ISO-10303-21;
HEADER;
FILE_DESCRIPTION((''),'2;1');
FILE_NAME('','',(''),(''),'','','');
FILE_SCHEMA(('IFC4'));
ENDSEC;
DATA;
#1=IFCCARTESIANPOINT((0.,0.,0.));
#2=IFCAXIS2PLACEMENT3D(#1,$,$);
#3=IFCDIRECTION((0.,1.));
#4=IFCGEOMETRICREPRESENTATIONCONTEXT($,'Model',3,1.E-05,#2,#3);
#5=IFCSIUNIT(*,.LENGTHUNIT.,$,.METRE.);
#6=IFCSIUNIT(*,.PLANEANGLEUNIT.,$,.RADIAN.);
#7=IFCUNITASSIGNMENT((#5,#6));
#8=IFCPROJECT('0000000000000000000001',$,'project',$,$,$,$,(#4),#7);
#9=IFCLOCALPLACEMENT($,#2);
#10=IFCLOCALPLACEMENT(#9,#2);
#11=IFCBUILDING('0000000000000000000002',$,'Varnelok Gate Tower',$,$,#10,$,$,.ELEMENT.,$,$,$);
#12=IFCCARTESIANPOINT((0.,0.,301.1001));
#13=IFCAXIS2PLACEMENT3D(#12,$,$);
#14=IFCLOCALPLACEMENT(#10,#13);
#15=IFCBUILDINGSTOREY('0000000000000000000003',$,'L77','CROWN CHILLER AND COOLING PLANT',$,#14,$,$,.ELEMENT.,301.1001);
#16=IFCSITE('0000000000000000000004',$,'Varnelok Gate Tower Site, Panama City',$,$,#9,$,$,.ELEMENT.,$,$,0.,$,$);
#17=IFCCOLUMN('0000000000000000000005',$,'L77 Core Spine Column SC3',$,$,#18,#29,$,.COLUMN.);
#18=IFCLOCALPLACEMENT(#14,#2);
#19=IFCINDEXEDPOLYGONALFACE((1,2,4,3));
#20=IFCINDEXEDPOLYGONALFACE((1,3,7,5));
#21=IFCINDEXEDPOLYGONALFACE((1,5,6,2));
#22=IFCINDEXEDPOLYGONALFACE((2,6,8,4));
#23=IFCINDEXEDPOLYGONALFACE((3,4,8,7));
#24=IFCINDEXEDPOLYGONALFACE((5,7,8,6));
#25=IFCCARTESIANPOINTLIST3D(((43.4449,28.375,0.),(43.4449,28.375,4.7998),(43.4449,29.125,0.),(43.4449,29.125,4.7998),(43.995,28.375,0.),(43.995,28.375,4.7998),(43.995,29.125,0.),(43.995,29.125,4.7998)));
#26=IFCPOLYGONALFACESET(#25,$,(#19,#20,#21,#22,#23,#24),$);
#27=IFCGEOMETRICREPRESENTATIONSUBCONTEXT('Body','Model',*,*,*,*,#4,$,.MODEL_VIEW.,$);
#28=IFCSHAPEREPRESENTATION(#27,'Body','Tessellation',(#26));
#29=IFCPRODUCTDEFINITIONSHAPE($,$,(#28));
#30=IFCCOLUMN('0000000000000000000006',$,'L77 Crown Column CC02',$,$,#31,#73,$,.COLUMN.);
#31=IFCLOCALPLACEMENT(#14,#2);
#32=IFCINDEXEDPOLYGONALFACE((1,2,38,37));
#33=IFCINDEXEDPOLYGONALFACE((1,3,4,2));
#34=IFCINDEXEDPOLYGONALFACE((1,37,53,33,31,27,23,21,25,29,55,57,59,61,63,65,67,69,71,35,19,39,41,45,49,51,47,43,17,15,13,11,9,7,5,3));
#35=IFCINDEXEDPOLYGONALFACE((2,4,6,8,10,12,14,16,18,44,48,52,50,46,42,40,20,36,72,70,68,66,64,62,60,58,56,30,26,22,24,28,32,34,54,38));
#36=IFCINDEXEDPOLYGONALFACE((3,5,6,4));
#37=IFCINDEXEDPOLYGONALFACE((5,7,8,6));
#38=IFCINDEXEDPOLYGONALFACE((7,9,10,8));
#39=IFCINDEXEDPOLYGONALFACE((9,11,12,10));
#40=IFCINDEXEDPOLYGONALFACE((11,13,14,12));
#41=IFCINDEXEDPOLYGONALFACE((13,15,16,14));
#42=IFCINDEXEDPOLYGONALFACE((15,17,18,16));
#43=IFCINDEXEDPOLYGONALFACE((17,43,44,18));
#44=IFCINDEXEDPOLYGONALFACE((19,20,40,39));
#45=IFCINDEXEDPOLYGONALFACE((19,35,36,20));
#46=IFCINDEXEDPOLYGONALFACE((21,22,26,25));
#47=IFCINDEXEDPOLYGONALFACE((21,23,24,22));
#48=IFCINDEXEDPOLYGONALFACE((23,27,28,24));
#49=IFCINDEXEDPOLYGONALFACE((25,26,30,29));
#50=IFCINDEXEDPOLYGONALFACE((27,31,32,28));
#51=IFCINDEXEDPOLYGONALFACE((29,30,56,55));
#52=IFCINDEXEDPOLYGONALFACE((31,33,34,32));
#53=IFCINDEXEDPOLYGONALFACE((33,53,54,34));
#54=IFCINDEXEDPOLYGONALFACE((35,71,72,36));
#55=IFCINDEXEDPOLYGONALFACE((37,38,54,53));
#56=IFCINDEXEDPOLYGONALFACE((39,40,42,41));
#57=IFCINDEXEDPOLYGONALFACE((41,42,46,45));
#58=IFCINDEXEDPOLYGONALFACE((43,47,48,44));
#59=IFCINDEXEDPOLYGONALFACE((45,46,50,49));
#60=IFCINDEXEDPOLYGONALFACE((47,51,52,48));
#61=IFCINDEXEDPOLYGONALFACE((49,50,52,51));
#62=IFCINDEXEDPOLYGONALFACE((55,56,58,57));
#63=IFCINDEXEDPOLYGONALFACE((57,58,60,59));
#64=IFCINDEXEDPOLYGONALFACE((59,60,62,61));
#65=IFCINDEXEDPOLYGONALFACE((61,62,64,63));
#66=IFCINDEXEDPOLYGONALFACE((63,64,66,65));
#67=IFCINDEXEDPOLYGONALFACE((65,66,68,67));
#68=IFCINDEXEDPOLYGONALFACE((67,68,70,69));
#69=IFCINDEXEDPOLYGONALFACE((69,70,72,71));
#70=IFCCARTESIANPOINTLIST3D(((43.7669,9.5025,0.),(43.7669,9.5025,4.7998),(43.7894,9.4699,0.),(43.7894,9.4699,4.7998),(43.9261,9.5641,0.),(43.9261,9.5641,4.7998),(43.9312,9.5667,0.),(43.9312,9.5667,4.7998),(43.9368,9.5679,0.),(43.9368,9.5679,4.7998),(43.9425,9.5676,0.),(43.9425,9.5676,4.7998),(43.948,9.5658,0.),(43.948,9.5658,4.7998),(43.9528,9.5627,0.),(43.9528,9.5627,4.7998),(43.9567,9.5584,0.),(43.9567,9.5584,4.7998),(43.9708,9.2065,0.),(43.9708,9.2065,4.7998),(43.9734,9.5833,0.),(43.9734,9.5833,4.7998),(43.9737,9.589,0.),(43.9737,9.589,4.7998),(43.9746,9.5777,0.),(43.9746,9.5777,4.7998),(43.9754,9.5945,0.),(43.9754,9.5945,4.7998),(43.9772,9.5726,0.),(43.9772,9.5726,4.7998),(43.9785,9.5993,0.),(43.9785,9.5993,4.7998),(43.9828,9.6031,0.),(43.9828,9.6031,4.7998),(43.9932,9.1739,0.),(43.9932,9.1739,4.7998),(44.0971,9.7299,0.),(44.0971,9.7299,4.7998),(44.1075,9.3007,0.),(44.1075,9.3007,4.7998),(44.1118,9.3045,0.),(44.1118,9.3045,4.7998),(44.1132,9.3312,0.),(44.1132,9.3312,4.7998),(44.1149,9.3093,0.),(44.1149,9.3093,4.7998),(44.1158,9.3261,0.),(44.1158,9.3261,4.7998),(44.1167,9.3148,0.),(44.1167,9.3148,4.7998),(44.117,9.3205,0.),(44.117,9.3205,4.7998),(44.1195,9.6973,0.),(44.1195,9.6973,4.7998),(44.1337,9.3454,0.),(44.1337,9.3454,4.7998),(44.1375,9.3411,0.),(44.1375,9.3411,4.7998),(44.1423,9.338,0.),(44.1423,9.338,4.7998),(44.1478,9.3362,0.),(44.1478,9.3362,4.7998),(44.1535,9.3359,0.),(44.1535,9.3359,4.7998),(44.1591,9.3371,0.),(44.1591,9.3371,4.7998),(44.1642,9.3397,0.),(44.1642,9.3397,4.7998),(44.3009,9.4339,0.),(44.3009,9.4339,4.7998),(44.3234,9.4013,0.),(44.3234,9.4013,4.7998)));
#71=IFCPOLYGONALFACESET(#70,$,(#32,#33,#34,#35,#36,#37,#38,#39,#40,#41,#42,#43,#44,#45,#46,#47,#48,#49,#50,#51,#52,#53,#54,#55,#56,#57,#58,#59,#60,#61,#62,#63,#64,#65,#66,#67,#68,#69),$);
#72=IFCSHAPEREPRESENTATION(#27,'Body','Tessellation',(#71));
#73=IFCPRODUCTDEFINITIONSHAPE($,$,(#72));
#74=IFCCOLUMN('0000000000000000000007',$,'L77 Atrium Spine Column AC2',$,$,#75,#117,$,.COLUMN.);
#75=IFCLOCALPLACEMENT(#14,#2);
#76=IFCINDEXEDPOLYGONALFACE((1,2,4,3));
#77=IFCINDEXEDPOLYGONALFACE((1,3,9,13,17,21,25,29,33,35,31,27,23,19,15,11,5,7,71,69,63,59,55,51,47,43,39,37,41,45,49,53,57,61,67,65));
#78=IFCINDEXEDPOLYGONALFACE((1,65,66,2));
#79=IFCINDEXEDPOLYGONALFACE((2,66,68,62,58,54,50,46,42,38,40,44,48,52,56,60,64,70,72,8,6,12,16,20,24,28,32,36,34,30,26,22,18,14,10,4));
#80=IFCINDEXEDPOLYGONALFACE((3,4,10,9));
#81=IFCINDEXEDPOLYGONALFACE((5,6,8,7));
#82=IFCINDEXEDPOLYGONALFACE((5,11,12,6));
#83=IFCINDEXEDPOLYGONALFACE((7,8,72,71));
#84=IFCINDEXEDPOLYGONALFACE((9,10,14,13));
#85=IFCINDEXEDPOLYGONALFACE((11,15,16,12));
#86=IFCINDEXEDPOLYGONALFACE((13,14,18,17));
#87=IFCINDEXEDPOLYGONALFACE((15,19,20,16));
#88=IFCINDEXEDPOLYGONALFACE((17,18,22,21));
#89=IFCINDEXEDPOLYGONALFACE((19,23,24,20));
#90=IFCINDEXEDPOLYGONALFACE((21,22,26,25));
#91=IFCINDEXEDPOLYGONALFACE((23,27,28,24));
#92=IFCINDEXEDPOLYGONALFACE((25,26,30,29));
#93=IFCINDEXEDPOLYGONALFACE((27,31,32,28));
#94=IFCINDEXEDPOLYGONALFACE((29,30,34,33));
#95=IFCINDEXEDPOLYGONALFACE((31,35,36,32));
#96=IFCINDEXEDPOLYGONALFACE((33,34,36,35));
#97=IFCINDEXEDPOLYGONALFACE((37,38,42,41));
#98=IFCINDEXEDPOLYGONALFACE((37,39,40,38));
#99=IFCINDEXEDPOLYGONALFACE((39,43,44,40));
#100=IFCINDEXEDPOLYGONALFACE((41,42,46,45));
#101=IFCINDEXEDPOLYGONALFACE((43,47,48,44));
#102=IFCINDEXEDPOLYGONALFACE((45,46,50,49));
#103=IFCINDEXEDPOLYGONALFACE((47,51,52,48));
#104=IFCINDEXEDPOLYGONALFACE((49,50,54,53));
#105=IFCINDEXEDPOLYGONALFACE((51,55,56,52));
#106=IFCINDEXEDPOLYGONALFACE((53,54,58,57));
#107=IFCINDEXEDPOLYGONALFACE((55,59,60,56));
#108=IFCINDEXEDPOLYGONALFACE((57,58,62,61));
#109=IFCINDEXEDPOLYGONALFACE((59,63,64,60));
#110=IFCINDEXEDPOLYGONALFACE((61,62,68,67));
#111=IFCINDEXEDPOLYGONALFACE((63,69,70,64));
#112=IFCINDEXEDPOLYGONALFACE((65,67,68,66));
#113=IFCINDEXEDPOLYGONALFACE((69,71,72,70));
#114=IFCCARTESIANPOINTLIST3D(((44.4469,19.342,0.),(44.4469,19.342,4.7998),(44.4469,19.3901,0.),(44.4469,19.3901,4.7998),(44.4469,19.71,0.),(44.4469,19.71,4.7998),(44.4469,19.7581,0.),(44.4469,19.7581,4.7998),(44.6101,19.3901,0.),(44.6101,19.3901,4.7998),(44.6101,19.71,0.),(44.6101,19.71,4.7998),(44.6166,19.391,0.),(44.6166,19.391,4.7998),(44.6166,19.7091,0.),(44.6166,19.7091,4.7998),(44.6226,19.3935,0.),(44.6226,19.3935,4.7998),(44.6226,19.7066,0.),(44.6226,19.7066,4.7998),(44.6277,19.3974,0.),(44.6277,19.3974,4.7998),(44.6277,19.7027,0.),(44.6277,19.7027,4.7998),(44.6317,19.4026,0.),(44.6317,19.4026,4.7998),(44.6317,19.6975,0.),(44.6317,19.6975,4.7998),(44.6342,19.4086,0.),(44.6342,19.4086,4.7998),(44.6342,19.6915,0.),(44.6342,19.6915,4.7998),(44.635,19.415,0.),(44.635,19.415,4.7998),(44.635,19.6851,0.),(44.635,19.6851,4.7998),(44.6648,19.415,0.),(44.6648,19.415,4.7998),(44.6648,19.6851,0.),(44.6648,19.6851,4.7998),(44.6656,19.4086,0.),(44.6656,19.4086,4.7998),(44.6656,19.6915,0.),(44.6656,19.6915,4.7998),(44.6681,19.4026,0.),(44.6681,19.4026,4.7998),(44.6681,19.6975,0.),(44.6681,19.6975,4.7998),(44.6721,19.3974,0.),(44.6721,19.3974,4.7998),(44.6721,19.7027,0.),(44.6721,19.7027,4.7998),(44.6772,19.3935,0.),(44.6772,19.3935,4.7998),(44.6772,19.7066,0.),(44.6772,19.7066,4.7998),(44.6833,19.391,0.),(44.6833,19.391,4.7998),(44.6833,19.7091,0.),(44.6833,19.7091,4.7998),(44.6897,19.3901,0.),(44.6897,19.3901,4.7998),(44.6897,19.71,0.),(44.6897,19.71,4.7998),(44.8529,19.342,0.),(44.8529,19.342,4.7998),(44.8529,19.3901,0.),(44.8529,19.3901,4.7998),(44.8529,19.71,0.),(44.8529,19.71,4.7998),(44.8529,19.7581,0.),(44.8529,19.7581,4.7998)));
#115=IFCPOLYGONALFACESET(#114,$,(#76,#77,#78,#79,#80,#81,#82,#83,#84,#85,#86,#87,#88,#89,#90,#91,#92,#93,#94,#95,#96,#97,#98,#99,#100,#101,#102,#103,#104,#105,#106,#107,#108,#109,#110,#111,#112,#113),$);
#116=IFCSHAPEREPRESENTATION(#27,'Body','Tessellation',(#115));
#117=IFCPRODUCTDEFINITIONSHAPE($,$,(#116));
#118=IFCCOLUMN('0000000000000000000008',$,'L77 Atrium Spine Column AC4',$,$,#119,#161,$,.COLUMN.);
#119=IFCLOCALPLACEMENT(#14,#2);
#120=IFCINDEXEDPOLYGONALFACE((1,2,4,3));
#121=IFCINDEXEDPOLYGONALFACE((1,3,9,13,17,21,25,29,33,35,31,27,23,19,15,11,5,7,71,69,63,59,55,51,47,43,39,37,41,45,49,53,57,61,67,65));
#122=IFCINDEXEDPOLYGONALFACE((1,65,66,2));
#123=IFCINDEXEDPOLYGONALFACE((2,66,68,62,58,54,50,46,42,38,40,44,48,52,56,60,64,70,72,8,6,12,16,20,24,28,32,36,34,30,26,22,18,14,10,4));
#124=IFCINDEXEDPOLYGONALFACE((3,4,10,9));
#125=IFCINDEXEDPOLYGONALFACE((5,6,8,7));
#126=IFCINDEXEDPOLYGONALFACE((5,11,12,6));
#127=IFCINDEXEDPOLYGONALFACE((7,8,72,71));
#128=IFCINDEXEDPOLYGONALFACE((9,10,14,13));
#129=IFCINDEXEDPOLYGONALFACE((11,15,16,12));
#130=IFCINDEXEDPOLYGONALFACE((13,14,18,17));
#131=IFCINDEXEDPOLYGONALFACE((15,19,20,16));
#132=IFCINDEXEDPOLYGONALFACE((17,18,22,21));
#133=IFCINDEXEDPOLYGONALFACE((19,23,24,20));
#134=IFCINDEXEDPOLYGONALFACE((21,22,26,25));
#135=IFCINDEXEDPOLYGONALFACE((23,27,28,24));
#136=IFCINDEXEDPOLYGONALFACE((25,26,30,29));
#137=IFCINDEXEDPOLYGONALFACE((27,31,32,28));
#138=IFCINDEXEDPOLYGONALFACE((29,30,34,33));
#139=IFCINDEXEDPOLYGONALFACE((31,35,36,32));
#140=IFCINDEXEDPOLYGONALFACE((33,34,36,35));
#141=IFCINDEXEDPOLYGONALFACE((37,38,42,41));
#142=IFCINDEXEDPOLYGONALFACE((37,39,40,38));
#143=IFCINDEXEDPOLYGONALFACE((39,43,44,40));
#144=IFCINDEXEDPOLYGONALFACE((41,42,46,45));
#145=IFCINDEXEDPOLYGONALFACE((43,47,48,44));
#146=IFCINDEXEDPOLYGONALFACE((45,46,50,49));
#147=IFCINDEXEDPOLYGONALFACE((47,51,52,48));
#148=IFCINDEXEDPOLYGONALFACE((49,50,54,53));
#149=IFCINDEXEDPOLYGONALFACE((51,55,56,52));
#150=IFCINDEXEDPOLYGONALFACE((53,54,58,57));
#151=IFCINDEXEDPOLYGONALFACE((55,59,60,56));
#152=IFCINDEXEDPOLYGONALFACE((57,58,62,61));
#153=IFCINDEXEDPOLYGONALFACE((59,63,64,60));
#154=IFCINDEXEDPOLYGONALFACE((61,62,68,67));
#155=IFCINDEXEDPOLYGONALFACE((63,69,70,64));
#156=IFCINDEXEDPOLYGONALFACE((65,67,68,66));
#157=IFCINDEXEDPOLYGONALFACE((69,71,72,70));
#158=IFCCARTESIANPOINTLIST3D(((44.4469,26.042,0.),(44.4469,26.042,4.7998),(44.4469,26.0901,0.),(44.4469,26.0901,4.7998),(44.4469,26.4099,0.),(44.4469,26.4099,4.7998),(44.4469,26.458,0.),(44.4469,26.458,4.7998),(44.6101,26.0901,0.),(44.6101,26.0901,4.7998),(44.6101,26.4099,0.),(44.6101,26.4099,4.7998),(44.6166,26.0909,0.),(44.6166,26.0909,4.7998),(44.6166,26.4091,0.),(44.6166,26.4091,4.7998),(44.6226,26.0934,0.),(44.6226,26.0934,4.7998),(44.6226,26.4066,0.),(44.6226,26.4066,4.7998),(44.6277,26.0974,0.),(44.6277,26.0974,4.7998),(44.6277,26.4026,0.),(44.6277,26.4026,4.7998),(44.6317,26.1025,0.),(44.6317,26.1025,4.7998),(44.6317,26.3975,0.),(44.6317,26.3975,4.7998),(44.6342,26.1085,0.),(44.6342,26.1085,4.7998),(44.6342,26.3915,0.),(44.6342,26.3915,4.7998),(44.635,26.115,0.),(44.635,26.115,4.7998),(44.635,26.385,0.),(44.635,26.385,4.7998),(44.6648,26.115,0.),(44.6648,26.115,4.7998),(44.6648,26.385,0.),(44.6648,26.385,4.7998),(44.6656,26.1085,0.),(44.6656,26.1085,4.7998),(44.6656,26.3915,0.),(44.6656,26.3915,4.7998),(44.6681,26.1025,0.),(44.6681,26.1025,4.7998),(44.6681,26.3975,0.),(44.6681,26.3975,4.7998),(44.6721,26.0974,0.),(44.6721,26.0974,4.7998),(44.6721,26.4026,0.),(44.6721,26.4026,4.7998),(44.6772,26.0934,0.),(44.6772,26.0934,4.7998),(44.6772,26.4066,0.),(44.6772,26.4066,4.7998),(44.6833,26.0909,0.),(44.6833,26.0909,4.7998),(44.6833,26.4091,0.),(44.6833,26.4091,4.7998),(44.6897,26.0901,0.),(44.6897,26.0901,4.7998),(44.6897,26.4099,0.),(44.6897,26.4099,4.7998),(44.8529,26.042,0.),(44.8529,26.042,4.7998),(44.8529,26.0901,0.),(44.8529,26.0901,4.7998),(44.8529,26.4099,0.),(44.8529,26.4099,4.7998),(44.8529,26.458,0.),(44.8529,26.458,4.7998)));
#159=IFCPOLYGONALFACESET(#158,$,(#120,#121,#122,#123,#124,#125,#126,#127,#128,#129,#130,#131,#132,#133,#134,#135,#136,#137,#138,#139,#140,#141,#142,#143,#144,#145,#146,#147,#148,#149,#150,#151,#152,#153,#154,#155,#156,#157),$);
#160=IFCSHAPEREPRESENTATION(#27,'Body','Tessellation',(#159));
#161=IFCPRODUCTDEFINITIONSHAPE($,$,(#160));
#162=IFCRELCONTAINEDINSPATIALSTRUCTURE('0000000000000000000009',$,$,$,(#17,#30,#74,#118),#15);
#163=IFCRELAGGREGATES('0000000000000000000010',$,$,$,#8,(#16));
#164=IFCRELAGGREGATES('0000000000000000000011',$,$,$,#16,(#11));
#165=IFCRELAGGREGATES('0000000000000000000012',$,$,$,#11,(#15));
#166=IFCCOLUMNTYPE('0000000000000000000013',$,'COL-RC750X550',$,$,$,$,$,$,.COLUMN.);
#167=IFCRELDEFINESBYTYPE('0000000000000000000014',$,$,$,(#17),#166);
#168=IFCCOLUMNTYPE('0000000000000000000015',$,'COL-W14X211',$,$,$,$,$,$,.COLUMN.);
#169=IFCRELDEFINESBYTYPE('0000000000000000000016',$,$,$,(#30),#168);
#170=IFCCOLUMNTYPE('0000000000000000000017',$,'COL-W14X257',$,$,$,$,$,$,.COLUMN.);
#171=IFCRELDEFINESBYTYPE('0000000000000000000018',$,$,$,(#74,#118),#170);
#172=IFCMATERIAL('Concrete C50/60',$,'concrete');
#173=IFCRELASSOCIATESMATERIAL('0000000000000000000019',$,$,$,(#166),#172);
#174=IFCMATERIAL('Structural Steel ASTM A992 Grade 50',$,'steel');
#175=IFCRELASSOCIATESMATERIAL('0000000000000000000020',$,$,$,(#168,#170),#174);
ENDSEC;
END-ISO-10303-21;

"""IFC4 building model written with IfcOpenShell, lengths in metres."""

from ifc_helpers import new_model, si_unit, direction, frame, origin, origin_2d, place, context, subcontext, project, spatial, rectangle, i_section, extrude, material, material_profile, profile_set, type_object, element, save


model = new_model("IFC4")

# Units and contexts
model_context = context("Model", 3, precision=1e-05, world=origin(), true_north=direction((0.0, 1.0)))
body_context = subcontext(model_context, "Body", "Model", "MODEL_VIEW")
ifc_project = project(units=[si_unit("LENGTHUNIT", "METRE"), si_unit("PLANEANGLEUNIT", "RADIAN")], contexts=[model_context])

# Site, building, storey
site_placement = place(None, origin())
site = spatial("IfcSite", under=ifc_project, at=site_placement, Name="Varnelok Gate Tower Site, Panama City", CompositionType="ELEMENT", RefElevation=0.0)
building_placement = place(site_placement, origin())
building = spatial("IfcBuilding", under=site, at=building_placement, Name="Varnelok Gate Tower", CompositionType="ELEMENT")
storey_placement = place(building_placement, frame((0.0, 0.0, 301.1001)))
storey = spatial("IfcBuildingStorey", under=building, at=storey_placement, Name="L77", Description="CROWN CHILLER AND COOLING PLANT", CompositionType="ELEMENT", Elevation=301.1001)

# Columns
ifc_material_1 = material(Name="Concrete C50/60", Category="concrete")
ifc_material_profile_1 = material_profile(ifc_material_1, rectangle(XDim=0.55, YDim=0.75, at=origin_2d()), Name="RC750X550")
ifc_profile_set_1 = profile_set([ifc_material_profile_1], Name="Concrete C50/60")
column_type_1 = type_object("IfcColumnType", Name="COL-RC750X550", PredefinedType="COLUMN", material=ifc_profile_set_1)
column_1_placement = place(storey_placement, frame((43.72, 28.75, 0.0), z_axis=(0.0, 0.0, 1.0), x_axis=(1.0, 0.0, 0.0)))
element("IfcColumn", 1, at=column_1_placement, inside=storey, type_object=column_type_1, Name="L77 Core Spine Column SC3", PredefinedType="COLUMN", context=body_context, shape_type="SweptSolid", body=[
    extrude(rectangle(XDim=0.55, YDim=0.75, at=origin_2d()), origin(), (0.0, 0.0, 1.0), 4.7998),
])
ifc_material_2 = material(Name="Structural Steel ASTM A992 Grade 50", Category="steel")
ifc_material_profile_2 = material_profile(ifc_material_2, i_section(OverallWidth=0.4009, OverallDepth=0.3989, WebThickness=0.0249, FlangeThickness=0.0396, FilletRadius=0.022, at=origin_2d()), Name="W14X211")
ifc_profile_set_2 = profile_set([ifc_material_profile_2], Name="Structural Steel ASTM A992 Grade 50")
column_type_2 = type_object("IfcColumnType", Name="COL-W14X211", PredefinedType="COLUMN", material=ifc_profile_set_2)
column_2_placement = place(storey_placement, frame((44.0452, 9.4519, 0.0), z_axis=(0.0, 0.0, 1.0), x_axis=(0.823533, 0.567269, 0.0)))
element("IfcColumn", 2, at=column_2_placement, inside=storey, type_object=column_type_2, Name="L77 Crown Column CC02", PredefinedType="COLUMN", context=body_context, shape_type="SweptSolid", body=[
    extrude(i_section(OverallWidth=0.4009, OverallDepth=0.3989, WebThickness=0.0249, FlangeThickness=0.0396, FilletRadius=0.022, at=origin_2d()), origin(), (0.0, 0.0, 1.0), 4.7998),
])
ifc_material_profile_3 = material_profile(ifc_material_2, i_section(OverallWidth=0.406, OverallDepth=0.416, WebThickness=0.0298, FlangeThickness=0.0481, FilletRadius=0.0249, at=origin_2d()), Name="W14X257")
ifc_profile_set_3 = profile_set([ifc_material_profile_3], Name="Structural Steel ASTM A992 Grade 50")
column_type_3 = type_object("IfcColumnType", Name="COL-W14X257", PredefinedType="COLUMN", material=ifc_profile_set_3)
for number, where, z_axis, x_axis, name in (
    (3, (44.6499, 19.55, 0.0), (0.0, 0.0, 1.0), (1.0, 0.0, 0.0), "L77 Atrium Spine Column AC2"),
    (4, (44.6499, 26.25, 0.0), (0.0, 0.0, 1.0), (1.0, 0.0, 0.0), "L77 Atrium Spine Column AC4"),
):
    element("IfcColumn", number, at=place(storey_placement, frame(where, z_axis=z_axis, x_axis=x_axis)), inside=storey, type_object=column_type_3, Name=name, PredefinedType="COLUMN", context=body_context, shape_type="SweptSolid", body=[
        extrude(i_section(OverallWidth=0.406, OverallDepth=0.416, WebThickness=0.0298, FlangeThickness=0.0481, FilletRadius=0.0249, at=origin_2d()), origin(), (0.0, 0.0, 1.0), 4.7998),
    ])

save(model, "model.ifc")
